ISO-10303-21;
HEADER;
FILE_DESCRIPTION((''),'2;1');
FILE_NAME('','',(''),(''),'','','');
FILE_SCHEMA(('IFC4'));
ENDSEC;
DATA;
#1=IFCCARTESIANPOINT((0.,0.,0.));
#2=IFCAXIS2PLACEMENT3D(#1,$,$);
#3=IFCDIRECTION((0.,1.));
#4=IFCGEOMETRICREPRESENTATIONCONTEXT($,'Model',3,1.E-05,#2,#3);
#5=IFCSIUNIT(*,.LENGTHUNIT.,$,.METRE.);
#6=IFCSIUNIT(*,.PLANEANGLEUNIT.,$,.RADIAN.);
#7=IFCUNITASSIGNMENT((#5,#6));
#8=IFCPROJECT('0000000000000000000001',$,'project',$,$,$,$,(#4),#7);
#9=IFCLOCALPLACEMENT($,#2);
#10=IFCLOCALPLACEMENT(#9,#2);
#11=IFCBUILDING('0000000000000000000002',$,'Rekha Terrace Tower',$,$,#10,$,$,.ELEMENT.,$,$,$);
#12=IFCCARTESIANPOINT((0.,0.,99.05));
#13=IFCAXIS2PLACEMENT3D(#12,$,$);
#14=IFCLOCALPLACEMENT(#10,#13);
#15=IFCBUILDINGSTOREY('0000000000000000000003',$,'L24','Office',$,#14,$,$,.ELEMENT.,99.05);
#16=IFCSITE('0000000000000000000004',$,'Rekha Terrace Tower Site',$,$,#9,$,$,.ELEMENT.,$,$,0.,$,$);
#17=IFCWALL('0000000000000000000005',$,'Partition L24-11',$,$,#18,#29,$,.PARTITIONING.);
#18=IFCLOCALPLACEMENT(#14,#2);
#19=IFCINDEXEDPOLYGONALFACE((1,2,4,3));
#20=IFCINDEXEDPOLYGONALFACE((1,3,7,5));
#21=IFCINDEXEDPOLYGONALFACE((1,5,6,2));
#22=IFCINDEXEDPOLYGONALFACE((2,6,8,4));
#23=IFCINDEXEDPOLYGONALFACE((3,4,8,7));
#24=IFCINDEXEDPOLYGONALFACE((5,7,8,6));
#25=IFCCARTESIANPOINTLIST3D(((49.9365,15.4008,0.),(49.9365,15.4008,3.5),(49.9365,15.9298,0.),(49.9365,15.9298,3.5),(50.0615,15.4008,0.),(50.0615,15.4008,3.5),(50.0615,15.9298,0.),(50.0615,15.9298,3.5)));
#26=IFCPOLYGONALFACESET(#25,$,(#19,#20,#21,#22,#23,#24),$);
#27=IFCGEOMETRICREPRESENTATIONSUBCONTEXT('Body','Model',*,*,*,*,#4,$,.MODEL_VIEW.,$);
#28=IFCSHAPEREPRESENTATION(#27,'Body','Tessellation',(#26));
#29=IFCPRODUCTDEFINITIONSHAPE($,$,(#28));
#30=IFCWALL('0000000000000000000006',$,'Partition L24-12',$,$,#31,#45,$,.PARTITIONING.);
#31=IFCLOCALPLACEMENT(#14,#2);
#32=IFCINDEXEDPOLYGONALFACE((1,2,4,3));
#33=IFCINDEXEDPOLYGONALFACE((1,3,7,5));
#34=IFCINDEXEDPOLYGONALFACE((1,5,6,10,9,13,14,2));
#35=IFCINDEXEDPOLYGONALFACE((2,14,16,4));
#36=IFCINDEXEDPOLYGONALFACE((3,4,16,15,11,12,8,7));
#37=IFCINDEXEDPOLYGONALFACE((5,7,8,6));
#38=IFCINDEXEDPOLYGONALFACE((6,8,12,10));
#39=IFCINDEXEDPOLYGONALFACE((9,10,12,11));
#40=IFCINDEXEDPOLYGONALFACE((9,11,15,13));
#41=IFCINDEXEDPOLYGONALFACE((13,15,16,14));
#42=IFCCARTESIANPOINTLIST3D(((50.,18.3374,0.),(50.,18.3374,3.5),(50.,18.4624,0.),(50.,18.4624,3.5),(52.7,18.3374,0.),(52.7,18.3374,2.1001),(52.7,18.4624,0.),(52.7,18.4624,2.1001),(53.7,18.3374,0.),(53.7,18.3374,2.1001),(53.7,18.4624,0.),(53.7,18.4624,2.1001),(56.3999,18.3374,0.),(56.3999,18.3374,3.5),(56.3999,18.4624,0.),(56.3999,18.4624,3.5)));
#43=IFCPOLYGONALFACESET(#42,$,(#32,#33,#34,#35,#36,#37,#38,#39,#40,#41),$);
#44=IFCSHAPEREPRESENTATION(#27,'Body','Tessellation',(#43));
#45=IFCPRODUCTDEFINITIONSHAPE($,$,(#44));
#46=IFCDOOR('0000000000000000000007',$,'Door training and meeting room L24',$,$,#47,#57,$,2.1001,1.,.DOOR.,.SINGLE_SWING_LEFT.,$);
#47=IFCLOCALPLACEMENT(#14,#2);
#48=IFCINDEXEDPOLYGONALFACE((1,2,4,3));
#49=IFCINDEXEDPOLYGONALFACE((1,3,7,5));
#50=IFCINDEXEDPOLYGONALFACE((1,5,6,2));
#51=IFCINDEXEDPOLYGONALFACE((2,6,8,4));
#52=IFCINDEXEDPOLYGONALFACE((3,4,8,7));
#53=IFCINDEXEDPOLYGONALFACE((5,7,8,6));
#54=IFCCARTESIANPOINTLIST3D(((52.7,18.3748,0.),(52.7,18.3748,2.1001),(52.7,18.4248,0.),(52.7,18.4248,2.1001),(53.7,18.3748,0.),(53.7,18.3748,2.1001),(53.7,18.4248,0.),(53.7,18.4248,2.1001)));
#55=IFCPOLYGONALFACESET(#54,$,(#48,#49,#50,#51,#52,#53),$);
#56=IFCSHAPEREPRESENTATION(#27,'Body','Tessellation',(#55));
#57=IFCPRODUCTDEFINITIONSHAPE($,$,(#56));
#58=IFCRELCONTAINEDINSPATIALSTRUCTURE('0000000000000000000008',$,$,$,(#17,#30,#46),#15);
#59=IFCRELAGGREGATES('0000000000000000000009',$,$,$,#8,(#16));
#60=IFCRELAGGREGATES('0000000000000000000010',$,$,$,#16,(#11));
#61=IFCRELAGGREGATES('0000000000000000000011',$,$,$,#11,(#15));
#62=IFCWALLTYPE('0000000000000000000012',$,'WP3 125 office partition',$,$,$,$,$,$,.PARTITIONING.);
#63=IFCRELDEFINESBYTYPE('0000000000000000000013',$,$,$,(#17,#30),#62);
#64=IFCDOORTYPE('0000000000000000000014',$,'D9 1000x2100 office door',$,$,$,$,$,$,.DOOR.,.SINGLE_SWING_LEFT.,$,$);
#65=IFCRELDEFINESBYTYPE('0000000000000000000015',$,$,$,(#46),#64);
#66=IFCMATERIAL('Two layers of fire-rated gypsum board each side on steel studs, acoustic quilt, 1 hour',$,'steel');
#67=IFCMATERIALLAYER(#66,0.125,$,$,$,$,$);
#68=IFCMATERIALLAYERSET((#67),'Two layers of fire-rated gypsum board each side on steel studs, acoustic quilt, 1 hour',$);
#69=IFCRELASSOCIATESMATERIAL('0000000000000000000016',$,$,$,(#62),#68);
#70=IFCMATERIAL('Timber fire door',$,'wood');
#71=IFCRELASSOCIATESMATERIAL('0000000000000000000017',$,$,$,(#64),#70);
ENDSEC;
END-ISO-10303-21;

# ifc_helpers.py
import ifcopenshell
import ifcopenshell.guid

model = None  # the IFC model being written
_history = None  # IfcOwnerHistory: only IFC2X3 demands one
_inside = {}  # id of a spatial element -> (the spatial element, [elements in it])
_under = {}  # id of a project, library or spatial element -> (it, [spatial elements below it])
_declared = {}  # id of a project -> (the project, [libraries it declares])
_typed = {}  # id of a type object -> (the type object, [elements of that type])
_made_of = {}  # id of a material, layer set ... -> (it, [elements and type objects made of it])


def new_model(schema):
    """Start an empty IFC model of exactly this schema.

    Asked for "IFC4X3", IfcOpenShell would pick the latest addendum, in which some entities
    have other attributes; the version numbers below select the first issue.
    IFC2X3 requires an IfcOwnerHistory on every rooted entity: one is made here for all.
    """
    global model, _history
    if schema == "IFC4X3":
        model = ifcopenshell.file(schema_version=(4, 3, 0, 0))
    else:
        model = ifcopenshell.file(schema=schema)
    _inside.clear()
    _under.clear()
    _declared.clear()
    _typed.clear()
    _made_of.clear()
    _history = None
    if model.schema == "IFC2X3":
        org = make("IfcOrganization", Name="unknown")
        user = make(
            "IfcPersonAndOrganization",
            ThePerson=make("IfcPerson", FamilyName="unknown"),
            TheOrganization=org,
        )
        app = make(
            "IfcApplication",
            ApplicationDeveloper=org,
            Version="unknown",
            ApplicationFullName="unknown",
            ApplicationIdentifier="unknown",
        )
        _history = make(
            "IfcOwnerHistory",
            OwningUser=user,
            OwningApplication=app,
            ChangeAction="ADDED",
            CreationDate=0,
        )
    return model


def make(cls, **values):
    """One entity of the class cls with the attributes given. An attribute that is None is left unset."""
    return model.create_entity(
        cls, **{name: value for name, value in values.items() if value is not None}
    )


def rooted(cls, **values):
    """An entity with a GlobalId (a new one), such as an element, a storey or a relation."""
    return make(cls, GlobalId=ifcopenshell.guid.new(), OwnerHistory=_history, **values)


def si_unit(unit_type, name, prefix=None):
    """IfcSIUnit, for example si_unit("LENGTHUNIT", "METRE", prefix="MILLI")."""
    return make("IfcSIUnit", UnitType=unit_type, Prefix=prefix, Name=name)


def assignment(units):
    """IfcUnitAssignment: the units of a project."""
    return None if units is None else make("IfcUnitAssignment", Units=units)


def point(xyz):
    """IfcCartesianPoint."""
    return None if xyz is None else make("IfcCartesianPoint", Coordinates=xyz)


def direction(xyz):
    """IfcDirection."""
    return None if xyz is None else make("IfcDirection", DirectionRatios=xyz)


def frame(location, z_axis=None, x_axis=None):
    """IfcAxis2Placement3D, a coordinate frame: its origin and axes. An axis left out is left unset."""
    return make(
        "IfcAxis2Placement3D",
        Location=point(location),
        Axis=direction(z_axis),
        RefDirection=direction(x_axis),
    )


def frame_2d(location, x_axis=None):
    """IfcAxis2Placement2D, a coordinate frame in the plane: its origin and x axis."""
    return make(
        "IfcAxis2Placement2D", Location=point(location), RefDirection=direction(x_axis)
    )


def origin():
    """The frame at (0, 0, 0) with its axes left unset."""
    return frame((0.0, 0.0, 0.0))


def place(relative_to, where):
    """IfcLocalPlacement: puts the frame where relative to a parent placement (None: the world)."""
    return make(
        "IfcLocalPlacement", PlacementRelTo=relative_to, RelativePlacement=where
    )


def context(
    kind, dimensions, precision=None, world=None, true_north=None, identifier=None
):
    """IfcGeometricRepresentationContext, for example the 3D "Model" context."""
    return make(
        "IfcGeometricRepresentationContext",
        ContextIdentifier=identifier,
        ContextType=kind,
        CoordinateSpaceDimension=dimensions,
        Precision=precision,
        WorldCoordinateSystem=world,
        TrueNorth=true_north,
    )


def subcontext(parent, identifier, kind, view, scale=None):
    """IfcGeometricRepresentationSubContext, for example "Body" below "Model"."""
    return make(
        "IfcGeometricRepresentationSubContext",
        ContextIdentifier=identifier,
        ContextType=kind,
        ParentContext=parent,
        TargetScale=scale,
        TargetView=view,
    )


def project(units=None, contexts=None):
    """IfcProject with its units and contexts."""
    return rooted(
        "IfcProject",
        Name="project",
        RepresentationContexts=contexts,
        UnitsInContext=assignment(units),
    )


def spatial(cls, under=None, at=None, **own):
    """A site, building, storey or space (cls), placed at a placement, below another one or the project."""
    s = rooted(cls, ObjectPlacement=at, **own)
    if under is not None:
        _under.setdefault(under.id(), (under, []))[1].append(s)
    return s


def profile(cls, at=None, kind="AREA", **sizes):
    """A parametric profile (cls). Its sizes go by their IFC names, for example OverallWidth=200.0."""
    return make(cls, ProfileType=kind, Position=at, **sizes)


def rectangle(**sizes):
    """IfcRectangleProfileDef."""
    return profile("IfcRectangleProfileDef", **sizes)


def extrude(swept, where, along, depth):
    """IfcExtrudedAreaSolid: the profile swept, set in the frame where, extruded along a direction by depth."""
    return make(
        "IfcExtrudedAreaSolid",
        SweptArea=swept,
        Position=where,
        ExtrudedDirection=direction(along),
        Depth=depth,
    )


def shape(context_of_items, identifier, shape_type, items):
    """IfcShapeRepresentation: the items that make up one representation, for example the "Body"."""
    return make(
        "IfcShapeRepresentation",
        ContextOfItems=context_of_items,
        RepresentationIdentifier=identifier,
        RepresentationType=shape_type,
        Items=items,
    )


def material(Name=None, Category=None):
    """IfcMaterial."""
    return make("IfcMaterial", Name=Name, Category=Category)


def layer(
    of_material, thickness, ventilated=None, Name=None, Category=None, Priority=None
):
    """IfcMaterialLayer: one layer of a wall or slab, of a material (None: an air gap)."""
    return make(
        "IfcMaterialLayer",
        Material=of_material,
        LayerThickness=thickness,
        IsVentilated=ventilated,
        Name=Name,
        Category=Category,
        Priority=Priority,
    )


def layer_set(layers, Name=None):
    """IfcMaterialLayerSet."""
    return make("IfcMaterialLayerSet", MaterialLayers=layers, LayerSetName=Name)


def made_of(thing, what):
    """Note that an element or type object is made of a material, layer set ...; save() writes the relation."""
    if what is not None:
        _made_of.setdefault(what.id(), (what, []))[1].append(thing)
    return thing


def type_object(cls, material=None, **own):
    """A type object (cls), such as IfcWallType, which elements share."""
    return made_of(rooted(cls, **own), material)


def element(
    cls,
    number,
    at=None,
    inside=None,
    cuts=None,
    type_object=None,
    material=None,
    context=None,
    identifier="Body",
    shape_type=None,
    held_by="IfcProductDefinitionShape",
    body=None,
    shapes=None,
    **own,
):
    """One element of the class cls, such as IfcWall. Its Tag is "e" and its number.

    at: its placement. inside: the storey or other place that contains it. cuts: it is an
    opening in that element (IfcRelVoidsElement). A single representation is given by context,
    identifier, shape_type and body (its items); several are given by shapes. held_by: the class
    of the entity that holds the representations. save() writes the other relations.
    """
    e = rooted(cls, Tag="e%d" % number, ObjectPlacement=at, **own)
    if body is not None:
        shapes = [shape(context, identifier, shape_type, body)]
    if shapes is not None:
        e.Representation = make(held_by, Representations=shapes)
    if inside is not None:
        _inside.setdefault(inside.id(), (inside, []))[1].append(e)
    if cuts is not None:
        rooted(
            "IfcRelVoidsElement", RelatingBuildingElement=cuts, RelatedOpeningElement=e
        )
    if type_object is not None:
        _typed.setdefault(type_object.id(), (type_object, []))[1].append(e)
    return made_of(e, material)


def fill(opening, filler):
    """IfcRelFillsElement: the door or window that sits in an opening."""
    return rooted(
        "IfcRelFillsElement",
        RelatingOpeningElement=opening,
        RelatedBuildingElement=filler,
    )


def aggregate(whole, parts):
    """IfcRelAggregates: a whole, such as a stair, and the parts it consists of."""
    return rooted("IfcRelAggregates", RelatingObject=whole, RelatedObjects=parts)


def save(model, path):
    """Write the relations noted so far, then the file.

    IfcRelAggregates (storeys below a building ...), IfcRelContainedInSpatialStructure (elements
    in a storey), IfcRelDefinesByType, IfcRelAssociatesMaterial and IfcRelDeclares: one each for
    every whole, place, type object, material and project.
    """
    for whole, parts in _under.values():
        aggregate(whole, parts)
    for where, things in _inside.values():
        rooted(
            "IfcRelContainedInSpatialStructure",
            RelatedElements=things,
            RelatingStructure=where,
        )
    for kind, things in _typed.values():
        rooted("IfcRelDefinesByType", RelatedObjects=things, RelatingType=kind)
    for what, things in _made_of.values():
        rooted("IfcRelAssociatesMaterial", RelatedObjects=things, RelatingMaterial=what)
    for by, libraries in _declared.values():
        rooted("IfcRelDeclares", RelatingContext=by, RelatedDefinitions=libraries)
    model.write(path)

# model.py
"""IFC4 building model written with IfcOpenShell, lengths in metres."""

from ifc_helpers import new_model, si_unit, direction, frame, frame_2d, origin, place, context, subcontext, project, spatial, rectangle, extrude, material, layer, layer_set, type_object, element, fill, save


model = new_model("IFC4")

# Units and contexts
model_context = context("Model", 3, precision=1e-05, world=origin(), true_north=direction((0.0, 1.0)))
body_context = subcontext(model_context, "Body", "Model", "MODEL_VIEW")
ifc_project = project(units=[si_unit("LENGTHUNIT", "METRE"), si_unit("PLANEANGLEUNIT", "RADIAN")], contexts=[model_context])

# Site, building, storey
site_placement = place(None, origin())
site = spatial("IfcSite", under=ifc_project, at=site_placement, Name="Rekha Terrace Tower Site", CompositionType="ELEMENT", RefElevation=0.0)
building_placement = place(site_placement, origin())
building = spatial("IfcBuilding", under=site, at=building_placement, Name="Rekha Terrace Tower", CompositionType="ELEMENT")
storey_placement = place(building_placement, frame((0.0, 0.0, 99.05)))
storey = spatial("IfcBuildingStorey", under=building, at=storey_placement, Name="L24", Description="Office", CompositionType="ELEMENT", Elevation=99.05)

# Wall
ifc_material_1 = material(Name="Two layers of fire-rated gypsum board each side on steel studs, acoustic quilt, 1 hour", Category="steel")
ifc_layer_1 = layer(ifc_material_1, 0.125)
ifc_layer_set_1 = layer_set([ifc_layer_1], Name="Two layers of fire-rated gypsum board each side on steel studs, acoustic quilt, 1 hour")
wall_type = type_object("IfcWallType", Name="WP3 125 office partition", PredefinedType="PARTITIONING", material=ifc_layer_set_1)
wall_1_placement = place(storey_placement, frame((49.999, 15.9299, 0.0), z_axis=(0.0, 0.0, 1.0), x_axis=(0.0, -1.0, 0.0)))
element("IfcWall", 1, at=wall_1_placement, inside=storey, type_object=wall_type, Name="Partition L24-11", PredefinedType="PARTITIONING", context=body_context, shape_type="SweptSolid", body=[
    extrude(rectangle(XDim=0.5291, YDim=0.125, at=frame_2d((0.2646, 0.0))), origin(), (0.0, 0.0, 1.0), 3.5),
])

# Wall, opening, door
wall_2_placement = place(storey_placement, frame((50.0, 18.3999, 0.0), z_axis=(0.0, 0.0, 1.0), x_axis=(1.0, 0.0, 0.0)))
wall_2 = element("IfcWall", 2, at=wall_2_placement, inside=storey, type_object=wall_type, Name="Partition L24-12", PredefinedType="PARTITIONING", context=body_context, shape_type="SweptSolid", body=[
    extrude(rectangle(XDim=6.3999, YDim=0.125, at=frame_2d((3.2, 0.0))), origin(), (0.0, 0.0, 1.0), 3.5),
])
opening_placement = place(wall_2_placement, frame((2.7, 0.0, 0.0)))
opening = element("IfcOpeningElement", 3, at=opening_placement, cuts=wall_2, PredefinedType="OPENING", context=body_context, shape_type="SweptSolid", body=[
    extrude(rectangle(XDim=1.0, YDim=2.1001, at=frame_2d((0.5, 1.05))), frame((0.0, 0.0725, 0.0), z_axis=(0.0, -1.0, 0.0), x_axis=(1.0, 0.0, 0.0)), (0.0, 0.0, 1.0), 0.145),
])
ifc_material_2 = material(Name="Timber fire door", Category="wood")
door_type = type_object("IfcDoorType", Name="D9 1000x2100 office door", OperationType="SINGLE_SWING_LEFT", PredefinedType="DOOR", material=ifc_material_2)
door_placement = place(opening_placement, origin())
door = element("IfcDoor", 4, at=door_placement, inside=storey, type_object=door_type, Name="Door training and meeting room L24", OperationType="SINGLE_SWING_LEFT", OverallHeight=2.1001, OverallWidth=1.0, PredefinedType="DOOR", context=body_context, shape_type="SweptSolid", body=[
    extrude(rectangle(XDim=1.0, YDim=2.1001, at=frame_2d((0.5, 1.05))), frame((0.0, 0.0249, 0.0), z_axis=(0.0, -1.0, 0.0), x_axis=(1.0, 0.0, 0.0)), (0.0, 0.0, 1.0), 0.05),
])
fill(opening, door)

save(model, "model.ifc")
